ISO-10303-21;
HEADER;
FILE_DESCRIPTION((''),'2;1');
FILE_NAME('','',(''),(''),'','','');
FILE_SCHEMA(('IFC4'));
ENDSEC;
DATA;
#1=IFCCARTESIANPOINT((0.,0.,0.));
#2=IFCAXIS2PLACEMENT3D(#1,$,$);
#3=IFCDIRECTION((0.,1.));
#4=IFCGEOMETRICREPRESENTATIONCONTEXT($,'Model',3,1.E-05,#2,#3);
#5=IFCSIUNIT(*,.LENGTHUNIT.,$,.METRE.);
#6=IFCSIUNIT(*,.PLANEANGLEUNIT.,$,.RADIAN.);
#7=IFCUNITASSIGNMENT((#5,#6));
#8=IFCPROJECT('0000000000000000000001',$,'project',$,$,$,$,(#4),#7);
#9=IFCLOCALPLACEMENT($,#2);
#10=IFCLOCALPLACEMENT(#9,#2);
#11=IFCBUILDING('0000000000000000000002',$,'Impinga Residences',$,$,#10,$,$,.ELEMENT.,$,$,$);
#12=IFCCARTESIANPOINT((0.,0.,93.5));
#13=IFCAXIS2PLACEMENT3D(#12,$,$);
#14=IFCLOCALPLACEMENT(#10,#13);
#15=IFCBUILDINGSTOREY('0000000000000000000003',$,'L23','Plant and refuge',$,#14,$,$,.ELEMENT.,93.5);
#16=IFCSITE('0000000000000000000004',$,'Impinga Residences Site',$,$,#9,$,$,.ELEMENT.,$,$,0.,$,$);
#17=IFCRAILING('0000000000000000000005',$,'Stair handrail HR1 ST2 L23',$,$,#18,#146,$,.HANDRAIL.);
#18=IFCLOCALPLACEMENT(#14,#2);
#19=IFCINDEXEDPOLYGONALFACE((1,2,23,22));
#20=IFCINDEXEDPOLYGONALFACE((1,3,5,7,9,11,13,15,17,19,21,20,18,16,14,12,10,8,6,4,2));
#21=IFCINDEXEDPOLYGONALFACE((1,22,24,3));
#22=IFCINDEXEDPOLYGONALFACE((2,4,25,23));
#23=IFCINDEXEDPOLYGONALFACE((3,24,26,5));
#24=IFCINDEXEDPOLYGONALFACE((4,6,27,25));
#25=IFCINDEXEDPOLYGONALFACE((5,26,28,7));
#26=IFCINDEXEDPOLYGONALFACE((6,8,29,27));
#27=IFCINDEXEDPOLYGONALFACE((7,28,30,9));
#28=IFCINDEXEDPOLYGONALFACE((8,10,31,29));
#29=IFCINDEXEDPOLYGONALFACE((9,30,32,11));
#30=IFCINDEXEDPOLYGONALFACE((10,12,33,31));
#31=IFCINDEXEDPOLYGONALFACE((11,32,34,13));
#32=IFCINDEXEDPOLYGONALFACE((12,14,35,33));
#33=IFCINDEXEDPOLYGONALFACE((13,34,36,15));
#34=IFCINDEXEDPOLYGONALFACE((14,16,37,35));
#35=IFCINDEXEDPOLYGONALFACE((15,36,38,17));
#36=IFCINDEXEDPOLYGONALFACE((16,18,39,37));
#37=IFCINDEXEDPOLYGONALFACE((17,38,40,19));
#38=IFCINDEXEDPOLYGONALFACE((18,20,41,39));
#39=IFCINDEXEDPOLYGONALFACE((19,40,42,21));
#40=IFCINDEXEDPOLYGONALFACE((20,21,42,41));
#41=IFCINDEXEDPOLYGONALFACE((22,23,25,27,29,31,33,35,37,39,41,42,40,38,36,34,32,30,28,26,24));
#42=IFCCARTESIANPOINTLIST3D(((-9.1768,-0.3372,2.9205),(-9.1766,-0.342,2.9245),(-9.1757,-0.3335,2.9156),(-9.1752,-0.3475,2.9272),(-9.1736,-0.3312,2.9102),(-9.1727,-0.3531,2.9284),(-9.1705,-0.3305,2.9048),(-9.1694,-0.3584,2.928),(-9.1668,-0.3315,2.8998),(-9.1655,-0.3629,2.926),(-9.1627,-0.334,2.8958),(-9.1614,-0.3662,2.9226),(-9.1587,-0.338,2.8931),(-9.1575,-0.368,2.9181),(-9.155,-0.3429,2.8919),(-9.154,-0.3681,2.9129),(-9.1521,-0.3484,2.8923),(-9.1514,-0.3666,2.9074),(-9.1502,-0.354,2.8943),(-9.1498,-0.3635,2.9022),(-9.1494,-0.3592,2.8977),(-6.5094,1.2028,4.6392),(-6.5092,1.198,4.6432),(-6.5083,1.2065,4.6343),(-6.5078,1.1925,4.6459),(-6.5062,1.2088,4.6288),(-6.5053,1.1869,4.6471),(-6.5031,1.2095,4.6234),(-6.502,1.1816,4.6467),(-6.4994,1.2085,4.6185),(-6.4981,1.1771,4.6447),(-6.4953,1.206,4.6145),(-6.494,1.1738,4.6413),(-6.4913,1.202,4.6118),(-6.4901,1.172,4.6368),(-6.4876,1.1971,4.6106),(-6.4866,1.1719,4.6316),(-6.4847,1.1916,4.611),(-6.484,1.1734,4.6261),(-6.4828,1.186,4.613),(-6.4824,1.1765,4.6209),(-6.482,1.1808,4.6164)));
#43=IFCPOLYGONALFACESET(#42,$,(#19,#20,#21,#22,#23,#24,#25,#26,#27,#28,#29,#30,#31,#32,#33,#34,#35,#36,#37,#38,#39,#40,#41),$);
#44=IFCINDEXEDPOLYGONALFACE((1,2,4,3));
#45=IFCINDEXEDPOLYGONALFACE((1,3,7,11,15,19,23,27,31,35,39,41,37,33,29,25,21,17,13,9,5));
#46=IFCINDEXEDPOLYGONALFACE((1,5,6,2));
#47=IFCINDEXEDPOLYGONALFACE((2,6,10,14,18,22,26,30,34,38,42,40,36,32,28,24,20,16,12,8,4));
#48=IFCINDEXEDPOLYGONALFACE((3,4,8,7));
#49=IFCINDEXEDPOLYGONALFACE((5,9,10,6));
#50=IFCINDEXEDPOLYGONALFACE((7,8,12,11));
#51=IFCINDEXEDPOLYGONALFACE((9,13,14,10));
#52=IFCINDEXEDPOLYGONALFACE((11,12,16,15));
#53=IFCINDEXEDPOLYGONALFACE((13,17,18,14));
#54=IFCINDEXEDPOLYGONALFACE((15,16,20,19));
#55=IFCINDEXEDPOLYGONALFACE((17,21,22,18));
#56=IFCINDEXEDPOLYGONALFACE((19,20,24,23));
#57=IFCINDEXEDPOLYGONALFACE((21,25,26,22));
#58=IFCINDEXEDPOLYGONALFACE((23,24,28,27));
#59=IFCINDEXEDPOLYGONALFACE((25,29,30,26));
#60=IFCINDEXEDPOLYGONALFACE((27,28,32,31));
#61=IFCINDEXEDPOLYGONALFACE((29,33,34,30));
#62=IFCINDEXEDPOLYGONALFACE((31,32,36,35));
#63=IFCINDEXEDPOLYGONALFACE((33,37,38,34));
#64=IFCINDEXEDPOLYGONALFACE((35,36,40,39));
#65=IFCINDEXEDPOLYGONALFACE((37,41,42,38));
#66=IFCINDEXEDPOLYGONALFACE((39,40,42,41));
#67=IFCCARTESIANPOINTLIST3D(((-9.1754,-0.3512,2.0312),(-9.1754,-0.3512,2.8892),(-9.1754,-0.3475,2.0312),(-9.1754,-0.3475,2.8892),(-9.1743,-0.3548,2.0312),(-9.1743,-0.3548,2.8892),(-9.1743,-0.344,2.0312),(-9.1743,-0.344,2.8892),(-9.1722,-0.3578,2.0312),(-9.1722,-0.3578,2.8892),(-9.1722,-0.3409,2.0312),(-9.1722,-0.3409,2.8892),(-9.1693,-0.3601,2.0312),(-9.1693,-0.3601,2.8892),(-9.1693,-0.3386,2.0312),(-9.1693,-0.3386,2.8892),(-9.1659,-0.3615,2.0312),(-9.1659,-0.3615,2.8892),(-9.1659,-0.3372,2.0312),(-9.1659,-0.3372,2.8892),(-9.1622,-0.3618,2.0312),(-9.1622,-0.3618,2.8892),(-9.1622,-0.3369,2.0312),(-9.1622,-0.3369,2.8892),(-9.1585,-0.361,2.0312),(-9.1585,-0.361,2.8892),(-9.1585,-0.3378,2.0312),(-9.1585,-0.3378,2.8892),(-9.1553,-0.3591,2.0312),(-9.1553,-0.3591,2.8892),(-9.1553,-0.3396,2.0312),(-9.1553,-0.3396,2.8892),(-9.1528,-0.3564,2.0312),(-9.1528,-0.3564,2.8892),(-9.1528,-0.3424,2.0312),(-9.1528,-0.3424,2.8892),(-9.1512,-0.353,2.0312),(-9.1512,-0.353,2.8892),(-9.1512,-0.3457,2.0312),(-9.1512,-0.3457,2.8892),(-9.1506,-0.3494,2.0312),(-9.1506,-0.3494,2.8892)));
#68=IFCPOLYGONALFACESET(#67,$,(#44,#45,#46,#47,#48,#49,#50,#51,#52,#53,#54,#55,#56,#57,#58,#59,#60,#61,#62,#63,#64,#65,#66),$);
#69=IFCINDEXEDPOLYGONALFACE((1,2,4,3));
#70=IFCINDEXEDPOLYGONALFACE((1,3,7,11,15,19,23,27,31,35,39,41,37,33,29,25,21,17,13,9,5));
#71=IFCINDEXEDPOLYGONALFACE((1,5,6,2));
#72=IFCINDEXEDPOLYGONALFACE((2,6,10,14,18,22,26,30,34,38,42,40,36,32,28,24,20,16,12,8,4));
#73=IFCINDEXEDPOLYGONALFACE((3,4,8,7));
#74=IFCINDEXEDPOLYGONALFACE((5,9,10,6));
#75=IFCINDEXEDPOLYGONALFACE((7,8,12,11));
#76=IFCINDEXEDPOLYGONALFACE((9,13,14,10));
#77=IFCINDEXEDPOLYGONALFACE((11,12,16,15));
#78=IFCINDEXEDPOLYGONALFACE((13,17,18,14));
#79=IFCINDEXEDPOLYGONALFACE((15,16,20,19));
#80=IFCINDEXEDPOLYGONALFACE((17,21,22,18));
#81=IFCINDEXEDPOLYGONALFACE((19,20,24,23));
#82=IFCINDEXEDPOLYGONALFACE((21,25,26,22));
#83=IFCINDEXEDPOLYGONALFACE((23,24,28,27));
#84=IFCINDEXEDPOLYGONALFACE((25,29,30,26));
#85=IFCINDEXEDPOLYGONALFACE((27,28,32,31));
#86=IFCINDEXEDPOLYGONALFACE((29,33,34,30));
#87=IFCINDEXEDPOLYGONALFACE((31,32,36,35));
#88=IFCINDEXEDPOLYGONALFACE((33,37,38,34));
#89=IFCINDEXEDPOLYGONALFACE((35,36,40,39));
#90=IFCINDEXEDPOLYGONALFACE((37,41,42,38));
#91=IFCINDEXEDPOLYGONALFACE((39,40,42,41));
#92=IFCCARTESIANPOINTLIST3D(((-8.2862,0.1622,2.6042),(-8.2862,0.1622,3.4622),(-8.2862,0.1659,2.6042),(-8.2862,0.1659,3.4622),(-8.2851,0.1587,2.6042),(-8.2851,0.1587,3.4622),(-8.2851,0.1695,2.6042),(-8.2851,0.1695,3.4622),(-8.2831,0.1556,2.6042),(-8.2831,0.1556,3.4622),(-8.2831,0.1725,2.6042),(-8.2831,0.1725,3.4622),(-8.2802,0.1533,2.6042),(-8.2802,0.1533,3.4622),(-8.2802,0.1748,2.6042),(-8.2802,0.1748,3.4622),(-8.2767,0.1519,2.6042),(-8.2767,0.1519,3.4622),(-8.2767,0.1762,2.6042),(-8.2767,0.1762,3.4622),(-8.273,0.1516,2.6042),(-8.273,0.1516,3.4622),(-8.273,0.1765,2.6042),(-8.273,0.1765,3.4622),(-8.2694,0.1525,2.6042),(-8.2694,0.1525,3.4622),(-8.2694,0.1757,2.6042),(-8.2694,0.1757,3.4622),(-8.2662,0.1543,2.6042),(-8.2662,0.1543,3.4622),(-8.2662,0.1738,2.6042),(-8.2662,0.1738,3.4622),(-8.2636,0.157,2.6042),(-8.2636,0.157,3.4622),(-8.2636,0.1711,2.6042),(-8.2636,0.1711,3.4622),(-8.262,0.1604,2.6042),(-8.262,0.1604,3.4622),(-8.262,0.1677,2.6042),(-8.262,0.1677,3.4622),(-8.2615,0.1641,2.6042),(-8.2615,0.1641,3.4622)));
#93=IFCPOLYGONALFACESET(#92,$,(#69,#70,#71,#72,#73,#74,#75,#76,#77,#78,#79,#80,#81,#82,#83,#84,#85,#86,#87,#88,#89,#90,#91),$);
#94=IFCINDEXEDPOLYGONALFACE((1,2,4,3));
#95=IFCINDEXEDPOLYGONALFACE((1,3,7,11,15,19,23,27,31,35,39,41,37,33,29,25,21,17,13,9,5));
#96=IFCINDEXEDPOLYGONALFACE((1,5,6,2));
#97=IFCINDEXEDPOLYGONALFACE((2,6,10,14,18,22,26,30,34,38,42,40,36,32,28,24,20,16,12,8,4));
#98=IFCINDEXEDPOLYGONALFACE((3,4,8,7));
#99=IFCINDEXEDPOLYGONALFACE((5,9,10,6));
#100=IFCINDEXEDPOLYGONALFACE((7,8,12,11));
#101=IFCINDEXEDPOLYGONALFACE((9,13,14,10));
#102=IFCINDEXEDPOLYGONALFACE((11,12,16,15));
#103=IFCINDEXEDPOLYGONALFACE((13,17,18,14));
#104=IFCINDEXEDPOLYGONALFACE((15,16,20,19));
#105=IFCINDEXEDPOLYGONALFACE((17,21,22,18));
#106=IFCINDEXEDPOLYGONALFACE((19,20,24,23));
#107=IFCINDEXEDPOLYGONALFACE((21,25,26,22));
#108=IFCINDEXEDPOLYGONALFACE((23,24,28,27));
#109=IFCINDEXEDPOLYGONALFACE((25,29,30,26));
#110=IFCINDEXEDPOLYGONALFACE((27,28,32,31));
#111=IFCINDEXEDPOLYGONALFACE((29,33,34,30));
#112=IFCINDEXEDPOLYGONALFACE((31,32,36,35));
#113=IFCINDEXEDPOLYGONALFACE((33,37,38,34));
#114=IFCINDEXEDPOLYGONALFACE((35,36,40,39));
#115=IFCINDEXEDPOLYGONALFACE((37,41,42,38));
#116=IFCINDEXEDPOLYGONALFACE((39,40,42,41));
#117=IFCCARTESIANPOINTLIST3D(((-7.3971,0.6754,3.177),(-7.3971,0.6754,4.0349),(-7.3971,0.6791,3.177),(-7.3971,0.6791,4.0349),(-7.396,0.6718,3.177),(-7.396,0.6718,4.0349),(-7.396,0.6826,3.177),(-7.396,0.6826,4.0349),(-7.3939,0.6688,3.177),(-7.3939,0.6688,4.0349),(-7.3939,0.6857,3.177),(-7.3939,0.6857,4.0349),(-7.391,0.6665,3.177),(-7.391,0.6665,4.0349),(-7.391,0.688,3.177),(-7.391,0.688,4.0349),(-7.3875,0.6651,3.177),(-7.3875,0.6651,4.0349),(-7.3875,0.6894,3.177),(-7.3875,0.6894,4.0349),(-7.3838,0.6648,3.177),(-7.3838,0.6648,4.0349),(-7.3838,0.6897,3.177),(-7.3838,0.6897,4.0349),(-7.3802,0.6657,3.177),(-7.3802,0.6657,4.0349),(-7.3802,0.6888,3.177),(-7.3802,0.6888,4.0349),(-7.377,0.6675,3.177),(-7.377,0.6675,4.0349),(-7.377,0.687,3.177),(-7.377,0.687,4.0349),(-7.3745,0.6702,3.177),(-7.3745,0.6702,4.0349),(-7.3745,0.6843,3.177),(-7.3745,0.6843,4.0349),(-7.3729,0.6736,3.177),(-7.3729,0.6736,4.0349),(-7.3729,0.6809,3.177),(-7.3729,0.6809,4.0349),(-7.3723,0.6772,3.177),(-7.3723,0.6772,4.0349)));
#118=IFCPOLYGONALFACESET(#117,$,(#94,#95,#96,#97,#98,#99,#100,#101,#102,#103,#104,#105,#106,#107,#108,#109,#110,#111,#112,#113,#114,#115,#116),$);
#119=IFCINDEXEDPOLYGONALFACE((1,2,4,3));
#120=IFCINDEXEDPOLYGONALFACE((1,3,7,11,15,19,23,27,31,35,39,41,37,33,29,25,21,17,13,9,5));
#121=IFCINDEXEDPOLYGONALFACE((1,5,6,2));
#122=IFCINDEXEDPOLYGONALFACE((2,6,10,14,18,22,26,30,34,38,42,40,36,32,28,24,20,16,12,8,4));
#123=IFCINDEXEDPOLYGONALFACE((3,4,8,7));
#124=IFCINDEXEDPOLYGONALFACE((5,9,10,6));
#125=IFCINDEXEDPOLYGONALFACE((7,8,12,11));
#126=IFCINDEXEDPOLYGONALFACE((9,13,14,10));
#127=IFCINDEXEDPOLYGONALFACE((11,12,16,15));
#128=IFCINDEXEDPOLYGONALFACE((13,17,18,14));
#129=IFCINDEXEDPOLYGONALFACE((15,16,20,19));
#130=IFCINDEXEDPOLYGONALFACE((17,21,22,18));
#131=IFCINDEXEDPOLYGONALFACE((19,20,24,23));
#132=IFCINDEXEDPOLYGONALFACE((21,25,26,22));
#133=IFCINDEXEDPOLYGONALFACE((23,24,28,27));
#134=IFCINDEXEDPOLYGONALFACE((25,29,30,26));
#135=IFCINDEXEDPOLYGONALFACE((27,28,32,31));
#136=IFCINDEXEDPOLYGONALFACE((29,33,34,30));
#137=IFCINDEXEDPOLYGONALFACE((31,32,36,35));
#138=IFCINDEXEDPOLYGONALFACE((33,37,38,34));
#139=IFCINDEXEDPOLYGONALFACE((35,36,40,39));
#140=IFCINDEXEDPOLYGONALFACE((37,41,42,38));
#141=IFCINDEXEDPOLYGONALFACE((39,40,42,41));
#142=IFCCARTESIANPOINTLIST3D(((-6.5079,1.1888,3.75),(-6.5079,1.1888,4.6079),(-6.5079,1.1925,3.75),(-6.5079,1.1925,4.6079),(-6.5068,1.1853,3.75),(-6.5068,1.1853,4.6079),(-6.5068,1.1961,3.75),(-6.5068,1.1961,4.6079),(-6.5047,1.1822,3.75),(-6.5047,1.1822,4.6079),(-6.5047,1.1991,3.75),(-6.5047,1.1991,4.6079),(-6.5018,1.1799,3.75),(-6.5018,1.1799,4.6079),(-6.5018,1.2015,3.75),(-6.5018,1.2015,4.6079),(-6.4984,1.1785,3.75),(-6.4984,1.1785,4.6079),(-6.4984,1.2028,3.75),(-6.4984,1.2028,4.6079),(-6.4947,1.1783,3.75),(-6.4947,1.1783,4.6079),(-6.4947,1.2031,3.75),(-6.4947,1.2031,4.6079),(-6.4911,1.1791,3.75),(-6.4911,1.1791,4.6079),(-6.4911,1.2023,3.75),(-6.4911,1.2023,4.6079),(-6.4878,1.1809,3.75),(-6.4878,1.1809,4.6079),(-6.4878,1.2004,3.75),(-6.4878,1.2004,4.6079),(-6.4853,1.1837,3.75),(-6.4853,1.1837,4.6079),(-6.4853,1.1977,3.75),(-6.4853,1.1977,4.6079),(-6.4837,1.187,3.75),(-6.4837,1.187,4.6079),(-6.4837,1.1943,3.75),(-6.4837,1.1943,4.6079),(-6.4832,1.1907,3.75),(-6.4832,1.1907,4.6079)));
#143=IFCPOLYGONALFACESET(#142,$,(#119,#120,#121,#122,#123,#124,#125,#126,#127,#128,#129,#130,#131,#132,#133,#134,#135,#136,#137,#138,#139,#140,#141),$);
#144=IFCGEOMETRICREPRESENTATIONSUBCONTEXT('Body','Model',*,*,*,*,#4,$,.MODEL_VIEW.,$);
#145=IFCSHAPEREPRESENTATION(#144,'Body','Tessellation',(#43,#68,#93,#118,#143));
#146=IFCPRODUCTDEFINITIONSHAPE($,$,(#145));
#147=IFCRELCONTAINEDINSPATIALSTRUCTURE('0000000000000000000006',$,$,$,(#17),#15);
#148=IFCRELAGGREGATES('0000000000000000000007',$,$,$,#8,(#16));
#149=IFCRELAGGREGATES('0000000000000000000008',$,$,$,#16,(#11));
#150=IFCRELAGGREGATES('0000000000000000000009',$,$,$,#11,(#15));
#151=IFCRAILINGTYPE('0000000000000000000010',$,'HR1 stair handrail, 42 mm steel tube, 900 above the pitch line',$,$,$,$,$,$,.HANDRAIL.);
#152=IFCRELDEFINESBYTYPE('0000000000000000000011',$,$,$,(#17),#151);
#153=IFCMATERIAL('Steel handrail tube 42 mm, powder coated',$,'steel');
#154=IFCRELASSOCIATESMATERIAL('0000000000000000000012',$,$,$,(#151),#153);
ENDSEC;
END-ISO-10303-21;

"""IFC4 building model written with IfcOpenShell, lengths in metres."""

from ifc_helpers import new_model, si_unit, direction, frame, origin, origin_2d, place, context, subcontext, project, spatial, circle, extrude, material, type_object, element, save


model = new_model("IFC4")

# Units and contexts
model_context = context("Model", 3, precision=1e-05, world=origin(), true_north=direction((0.0, 1.0)))
body_context = subcontext(model_context, "Body", "Model", "MODEL_VIEW")
ifc_project = project(units=[si_unit("LENGTHUNIT", "METRE"), si_unit("PLANEANGLEUNIT", "RADIAN")], contexts=[model_context])

# Site, building, storey
site_placement = place(None, origin())
site = spatial("IfcSite", under=ifc_project, at=site_placement, Name="Impinga Residences Site", CompositionType="ELEMENT", RefElevation=0.0)
building_placement = place(site_placement, origin())
building = spatial("IfcBuilding", under=site, at=building_placement, Name="Impinga Residences", CompositionType="ELEMENT")
storey_placement = place(building_placement, frame((0.0, 0.0, 93.5)))
storey = spatial("IfcBuildingStorey", under=building, at=storey_placement, Name="L23", Description="Plant and refuge", CompositionType="ELEMENT", Elevation=93.5)

# Railing
ifc_material_1 = material(Name="Steel handrail tube 42 mm, powder coated", Category="steel")
railing_type = type_object("IfcRailingType", Name="HR1 stair handrail, 42 mm steel tube, 900 above the pitch line", PredefinedType="HANDRAIL", material=ifc_material_1)
for number, where, name in (
    (1, (-9.1631, -0.3494, 2.0312), "Stair handrail HR1 ST2 L23"),
):
    element("IfcRailing", number, at=place(storey_placement, frame(where)), inside=storey, type_object=railing_type, Name=name, PredefinedType="HANDRAIL", context=body_context, shape_type="SweptSolid", body=[
        extrude(circle(Radius=0.021, at=origin_2d()), frame((0.0, 0.0, 0.8789), z_axis=(0.756256, 0.436616, 0.487282), x_axis=(-0.499992, 0.86603, 0.0)), (0.0, 0.0, 1.0), 3.5271),
        extrude(circle(Radius=0.0125, at=origin_2d()), origin(), (0.0, 0.0, 1.0), 0.8579),
        extrude(circle(Radius=0.0125, at=origin_2d()), frame((0.8892, 0.5134, 0.573)), (0.0, 0.0, 1.0), 0.8579),
        extrude(circle(Radius=0.0125, at=origin_2d()), frame((1.7783, 1.0266, 1.1458)), (0.0, 0.0, 1.0), 0.8579),
        extrude(circle(Radius=0.0125, at=origin_2d()), frame((2.6675, 1.54, 1.7188)), (0.0, 0.0, 1.0), 0.8579),
    ])

save(model, "model.ifc")
